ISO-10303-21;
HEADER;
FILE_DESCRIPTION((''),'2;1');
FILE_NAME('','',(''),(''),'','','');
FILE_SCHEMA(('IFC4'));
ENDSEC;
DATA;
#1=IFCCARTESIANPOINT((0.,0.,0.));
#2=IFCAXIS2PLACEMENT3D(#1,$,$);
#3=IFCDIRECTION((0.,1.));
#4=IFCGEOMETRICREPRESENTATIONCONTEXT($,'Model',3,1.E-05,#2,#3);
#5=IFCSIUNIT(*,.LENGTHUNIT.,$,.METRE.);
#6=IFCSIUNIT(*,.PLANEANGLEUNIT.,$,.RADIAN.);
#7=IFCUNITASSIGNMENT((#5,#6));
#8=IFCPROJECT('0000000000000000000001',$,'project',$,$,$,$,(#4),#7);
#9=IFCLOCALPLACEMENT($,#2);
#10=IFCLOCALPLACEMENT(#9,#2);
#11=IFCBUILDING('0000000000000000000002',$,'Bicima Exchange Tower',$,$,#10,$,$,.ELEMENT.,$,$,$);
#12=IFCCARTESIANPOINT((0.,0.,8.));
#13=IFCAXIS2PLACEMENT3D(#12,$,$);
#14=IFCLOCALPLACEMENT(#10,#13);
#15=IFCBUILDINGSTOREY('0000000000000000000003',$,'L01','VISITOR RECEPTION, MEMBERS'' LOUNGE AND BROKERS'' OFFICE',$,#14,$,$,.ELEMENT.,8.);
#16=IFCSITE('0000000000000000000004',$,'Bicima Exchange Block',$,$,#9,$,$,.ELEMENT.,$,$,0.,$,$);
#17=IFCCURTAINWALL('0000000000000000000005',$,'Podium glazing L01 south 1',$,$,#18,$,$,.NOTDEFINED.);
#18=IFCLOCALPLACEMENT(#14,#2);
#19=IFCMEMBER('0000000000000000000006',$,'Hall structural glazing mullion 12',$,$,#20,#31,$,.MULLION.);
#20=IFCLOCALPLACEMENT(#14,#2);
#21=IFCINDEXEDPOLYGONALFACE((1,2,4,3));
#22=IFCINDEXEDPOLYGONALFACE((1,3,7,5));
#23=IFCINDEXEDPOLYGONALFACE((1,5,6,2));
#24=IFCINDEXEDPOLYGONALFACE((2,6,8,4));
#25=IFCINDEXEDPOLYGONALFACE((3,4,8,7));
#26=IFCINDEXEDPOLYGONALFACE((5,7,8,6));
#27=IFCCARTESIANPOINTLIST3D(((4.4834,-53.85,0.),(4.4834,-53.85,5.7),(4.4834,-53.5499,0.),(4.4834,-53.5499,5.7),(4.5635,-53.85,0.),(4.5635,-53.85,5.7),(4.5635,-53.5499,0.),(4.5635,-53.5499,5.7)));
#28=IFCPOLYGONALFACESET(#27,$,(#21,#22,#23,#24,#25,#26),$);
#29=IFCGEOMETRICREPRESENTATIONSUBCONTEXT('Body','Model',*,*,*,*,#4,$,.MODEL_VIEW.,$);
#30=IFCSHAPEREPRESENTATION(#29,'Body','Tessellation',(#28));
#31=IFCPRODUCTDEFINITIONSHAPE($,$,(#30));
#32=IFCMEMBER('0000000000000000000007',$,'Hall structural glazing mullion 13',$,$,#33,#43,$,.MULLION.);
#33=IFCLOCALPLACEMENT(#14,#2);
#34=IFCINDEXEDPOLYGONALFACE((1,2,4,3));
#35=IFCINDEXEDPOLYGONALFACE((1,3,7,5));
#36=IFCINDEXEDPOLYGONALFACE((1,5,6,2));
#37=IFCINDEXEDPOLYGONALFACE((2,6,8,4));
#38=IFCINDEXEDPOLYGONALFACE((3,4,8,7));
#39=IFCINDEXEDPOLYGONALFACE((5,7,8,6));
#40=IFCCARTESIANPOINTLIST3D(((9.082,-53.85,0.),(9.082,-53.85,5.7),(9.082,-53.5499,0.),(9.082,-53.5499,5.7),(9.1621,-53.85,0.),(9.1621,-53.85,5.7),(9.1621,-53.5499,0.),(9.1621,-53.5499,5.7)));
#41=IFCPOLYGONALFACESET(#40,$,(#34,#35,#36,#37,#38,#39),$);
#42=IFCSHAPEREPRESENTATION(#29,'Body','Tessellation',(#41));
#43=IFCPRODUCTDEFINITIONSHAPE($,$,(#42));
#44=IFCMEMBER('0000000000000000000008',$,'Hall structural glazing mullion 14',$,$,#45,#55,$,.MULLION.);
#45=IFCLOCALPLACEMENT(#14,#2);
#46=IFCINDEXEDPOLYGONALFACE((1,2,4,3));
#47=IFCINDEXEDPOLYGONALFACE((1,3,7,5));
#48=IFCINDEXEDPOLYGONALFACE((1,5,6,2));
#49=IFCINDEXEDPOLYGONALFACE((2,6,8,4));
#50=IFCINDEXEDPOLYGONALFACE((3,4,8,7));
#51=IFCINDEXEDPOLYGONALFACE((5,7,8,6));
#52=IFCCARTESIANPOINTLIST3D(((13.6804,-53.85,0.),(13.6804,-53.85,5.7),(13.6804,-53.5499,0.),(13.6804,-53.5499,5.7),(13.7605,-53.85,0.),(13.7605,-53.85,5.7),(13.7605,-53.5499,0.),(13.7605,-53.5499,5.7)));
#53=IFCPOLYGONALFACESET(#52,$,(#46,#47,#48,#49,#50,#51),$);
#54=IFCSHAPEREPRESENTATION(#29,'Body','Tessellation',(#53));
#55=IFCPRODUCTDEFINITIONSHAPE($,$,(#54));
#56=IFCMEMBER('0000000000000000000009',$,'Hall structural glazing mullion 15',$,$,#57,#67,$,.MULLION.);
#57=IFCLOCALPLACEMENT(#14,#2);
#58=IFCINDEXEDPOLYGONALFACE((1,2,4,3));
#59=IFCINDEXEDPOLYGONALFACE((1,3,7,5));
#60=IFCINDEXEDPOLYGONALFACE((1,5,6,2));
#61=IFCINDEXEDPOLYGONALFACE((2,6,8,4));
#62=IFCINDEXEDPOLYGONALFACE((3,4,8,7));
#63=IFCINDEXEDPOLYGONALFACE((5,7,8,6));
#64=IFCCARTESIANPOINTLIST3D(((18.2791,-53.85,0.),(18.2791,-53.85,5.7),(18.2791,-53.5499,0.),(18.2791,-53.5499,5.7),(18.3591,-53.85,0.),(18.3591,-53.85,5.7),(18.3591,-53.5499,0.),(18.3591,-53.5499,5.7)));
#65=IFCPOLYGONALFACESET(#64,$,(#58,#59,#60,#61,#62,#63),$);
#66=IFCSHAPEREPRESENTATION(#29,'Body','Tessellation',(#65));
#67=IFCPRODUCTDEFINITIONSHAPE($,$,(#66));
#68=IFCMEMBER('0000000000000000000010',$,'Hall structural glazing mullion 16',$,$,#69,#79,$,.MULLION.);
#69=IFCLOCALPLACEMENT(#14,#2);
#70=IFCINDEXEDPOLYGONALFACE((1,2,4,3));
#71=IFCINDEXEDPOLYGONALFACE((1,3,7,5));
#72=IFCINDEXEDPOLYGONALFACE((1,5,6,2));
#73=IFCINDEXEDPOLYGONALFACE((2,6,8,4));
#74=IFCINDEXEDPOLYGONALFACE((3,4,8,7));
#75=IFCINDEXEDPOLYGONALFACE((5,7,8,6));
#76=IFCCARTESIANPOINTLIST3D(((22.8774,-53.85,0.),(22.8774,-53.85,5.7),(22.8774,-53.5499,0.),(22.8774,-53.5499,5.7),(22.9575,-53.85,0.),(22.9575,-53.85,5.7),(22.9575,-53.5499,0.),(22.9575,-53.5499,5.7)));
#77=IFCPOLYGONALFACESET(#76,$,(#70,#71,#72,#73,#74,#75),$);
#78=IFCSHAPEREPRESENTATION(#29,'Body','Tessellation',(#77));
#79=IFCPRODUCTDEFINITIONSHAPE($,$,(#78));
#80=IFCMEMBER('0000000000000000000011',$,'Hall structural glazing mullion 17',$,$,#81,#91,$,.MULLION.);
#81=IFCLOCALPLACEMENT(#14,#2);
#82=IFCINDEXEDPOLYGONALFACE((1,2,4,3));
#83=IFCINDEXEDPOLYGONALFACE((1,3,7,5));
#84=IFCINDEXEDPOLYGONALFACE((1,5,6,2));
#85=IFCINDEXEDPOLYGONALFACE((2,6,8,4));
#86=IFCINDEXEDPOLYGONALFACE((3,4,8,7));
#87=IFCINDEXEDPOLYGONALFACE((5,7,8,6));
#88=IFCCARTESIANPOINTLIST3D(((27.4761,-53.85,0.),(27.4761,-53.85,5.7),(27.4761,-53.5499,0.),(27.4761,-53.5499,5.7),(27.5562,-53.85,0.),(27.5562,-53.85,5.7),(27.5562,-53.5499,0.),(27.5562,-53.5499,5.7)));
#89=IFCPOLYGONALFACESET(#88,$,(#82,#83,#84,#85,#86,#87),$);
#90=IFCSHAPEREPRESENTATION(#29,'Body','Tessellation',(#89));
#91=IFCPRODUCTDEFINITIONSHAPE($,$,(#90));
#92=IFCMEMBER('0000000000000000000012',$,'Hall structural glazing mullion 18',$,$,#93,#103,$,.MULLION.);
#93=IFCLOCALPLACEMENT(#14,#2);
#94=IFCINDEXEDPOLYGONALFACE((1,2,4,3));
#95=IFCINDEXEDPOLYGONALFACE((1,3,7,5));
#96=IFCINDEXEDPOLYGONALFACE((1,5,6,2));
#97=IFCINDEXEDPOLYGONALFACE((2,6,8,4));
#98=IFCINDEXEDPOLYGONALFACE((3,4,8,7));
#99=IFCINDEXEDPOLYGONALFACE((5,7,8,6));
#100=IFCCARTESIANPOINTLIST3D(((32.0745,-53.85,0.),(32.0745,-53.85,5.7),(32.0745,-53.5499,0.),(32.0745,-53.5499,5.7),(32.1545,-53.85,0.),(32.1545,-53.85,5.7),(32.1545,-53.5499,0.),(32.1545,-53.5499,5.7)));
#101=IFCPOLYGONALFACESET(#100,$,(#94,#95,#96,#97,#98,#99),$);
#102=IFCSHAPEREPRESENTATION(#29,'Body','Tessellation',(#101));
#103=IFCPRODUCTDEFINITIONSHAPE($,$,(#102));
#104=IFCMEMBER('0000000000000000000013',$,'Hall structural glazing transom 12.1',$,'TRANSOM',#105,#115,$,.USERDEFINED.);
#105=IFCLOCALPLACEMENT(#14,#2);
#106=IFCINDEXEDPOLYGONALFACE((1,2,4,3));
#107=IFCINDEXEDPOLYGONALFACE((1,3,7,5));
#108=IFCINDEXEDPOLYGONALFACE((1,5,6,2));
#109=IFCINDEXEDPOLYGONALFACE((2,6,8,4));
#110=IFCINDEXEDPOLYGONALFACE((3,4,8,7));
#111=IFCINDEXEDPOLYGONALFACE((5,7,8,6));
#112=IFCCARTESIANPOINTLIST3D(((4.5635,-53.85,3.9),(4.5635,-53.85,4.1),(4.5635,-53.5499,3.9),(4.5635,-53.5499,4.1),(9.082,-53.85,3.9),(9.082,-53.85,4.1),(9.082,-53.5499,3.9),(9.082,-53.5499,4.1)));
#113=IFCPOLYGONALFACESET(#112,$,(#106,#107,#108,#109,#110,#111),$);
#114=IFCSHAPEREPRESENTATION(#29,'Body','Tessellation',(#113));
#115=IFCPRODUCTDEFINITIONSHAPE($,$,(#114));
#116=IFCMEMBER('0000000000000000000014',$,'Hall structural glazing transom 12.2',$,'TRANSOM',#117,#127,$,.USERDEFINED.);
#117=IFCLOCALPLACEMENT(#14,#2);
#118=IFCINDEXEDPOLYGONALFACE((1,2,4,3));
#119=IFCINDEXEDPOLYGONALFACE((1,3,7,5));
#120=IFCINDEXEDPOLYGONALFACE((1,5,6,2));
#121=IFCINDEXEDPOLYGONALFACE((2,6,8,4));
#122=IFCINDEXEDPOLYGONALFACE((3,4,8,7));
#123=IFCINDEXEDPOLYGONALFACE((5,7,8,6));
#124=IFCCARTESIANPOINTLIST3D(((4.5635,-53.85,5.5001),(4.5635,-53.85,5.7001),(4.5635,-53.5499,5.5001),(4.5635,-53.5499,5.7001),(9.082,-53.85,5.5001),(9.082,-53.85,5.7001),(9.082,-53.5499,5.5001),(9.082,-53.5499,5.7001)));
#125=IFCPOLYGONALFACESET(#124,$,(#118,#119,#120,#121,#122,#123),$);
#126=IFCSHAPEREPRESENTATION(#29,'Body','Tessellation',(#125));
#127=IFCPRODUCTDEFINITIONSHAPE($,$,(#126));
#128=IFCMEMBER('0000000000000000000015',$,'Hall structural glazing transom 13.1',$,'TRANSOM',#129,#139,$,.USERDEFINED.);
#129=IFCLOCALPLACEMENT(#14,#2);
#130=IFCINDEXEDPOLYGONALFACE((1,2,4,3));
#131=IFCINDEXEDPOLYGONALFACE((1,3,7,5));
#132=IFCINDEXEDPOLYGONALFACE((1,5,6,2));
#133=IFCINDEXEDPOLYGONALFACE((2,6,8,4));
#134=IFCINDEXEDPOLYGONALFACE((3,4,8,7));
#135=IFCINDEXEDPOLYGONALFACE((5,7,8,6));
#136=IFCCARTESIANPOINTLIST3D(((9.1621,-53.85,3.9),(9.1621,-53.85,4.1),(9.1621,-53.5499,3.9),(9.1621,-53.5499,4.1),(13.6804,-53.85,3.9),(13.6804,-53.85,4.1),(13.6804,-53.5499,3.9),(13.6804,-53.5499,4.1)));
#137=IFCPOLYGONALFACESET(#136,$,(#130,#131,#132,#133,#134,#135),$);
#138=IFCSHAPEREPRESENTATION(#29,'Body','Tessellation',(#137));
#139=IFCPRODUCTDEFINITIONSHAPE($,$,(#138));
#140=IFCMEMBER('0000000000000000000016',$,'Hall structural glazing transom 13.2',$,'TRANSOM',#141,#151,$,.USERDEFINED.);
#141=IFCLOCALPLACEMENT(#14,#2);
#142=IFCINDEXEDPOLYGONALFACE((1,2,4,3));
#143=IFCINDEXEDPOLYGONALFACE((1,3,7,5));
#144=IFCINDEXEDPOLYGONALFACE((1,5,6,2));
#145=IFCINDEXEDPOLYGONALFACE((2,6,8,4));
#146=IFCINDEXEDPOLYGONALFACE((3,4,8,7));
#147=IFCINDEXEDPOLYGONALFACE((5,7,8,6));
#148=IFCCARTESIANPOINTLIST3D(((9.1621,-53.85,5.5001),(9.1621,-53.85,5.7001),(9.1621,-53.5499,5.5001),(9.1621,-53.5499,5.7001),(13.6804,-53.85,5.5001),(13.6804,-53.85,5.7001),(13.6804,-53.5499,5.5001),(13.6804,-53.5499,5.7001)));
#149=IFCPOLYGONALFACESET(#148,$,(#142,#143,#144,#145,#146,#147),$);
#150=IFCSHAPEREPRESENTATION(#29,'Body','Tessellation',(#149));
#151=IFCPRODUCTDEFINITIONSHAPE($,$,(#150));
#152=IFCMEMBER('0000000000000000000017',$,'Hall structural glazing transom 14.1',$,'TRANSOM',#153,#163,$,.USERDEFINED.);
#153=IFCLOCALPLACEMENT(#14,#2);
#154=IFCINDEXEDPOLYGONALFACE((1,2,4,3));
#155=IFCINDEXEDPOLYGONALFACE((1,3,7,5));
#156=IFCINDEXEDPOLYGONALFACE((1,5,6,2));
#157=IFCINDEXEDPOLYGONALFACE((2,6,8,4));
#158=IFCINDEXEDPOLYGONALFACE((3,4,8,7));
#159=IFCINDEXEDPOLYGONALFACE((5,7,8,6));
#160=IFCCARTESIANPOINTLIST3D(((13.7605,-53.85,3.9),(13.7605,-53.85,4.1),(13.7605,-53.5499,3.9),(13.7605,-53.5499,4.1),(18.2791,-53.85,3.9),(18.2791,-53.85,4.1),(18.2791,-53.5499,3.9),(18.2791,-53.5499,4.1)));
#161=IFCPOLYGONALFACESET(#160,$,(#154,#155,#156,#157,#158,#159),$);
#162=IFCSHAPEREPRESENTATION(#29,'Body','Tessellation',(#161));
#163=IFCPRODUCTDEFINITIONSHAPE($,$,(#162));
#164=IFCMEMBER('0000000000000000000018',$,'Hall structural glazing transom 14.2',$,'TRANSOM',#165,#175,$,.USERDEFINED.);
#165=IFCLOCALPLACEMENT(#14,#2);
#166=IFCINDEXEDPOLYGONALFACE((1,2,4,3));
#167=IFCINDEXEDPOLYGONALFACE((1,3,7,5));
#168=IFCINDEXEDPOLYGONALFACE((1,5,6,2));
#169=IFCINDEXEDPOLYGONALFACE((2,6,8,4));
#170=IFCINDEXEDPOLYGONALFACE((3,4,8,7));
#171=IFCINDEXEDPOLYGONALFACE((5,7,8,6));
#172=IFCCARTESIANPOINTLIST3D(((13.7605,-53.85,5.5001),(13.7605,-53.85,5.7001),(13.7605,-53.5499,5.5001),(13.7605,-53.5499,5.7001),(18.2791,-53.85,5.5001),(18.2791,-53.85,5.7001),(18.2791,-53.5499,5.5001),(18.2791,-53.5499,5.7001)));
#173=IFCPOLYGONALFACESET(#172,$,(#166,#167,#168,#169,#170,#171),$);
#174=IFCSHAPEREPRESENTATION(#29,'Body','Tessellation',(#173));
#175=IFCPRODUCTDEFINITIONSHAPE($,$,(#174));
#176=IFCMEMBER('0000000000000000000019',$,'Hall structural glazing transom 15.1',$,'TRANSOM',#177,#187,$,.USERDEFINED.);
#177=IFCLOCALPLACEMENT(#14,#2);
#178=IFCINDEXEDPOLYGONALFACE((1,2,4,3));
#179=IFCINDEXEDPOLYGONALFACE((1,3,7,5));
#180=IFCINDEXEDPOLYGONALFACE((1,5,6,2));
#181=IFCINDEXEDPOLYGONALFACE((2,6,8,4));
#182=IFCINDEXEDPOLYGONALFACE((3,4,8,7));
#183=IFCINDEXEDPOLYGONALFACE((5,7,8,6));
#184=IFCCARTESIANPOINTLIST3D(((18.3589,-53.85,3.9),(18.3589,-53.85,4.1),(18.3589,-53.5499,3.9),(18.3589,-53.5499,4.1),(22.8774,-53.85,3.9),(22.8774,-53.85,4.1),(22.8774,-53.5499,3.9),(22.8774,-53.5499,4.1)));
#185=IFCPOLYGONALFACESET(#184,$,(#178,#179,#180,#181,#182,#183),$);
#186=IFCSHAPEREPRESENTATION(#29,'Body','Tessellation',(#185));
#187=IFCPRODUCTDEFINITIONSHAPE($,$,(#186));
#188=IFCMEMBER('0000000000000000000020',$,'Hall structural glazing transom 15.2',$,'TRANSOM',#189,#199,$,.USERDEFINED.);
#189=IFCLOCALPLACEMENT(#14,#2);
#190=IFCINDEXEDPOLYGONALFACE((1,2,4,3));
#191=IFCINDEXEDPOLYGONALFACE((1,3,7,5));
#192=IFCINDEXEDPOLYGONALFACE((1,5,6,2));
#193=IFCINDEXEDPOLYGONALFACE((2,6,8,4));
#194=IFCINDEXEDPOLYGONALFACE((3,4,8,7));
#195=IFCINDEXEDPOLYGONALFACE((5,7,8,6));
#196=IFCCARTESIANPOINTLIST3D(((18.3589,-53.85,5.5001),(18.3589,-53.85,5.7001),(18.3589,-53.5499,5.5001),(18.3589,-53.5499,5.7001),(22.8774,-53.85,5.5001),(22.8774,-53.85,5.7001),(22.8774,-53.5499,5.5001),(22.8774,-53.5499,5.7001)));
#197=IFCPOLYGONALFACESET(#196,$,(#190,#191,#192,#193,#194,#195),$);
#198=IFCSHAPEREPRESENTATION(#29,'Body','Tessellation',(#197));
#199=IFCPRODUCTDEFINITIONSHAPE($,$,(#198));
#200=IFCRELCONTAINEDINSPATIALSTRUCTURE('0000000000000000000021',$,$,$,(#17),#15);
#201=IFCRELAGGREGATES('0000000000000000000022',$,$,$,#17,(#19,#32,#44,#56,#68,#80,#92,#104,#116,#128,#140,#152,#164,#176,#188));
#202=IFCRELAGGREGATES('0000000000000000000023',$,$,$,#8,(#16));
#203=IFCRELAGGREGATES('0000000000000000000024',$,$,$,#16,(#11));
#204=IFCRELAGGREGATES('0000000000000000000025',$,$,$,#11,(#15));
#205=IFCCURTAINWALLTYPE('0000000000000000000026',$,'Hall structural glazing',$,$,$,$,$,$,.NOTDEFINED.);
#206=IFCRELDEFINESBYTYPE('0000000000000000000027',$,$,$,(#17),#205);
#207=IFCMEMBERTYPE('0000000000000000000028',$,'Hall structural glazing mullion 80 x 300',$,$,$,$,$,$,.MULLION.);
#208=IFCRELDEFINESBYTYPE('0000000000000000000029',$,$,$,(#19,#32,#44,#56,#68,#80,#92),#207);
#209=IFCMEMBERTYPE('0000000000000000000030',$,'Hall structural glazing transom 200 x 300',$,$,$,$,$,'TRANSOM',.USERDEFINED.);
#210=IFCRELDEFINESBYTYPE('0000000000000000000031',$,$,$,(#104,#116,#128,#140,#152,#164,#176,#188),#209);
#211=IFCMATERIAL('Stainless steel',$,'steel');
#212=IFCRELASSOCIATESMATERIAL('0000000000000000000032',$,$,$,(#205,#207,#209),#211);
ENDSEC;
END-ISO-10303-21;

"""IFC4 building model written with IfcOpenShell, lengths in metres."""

from ifc_helpers import new_model, si_unit, direction, frame, origin, origin_2d, place, context, subcontext, project, spatial, rectangle, extrude, material, material_profile, profile_set, type_object, element, aggregate, save


model = new_model("IFC4")

# Units and contexts
model_context = context("Model", 3, precision=1e-05, world=origin(), true_north=direction((0.0, 1.0)))
body_context = subcontext(model_context, "Body", "Model", "MODEL_VIEW")
ifc_project = project(units=[si_unit("LENGTHUNIT", "METRE"), si_unit("PLANEANGLEUNIT", "RADIAN")], contexts=[model_context])

# Site, building, storey
site_placement = place(None, origin())
site = spatial("IfcSite", under=ifc_project, at=site_placement, Name="Bicima Exchange Block", CompositionType="ELEMENT", RefElevation=0.0)
building_placement = place(site_placement, origin())
building = spatial("IfcBuilding", under=site, at=building_placement, Name="Bicima Exchange Tower", CompositionType="ELEMENT")
storey_placement = place(building_placement, frame((0.0, 0.0, 8.0)))
storey = spatial("IfcBuildingStorey", under=building, at=storey_placement, Name="L01", Description="VISITOR RECEPTION, MEMBERS' LOUNGE AND BROKERS' OFFICE", CompositionType="ELEMENT", Elevation=8.0)

# Curtain wall, members
ifc_material_1 = material(Name="Stainless steel", Category="steel")
curtain_wall_type = type_object("IfcCurtainWallType", Name="Hall structural glazing", PredefinedType="NOTDEFINED", material=ifc_material_1)
curtain_wall_placement = place(storey_placement, origin())
curtain_wall = element("IfcCurtainWall", 1, at=curtain_wall_placement, inside=storey, type_object=curtain_wall_type, Name="Podium glazing L01 south 1", PredefinedType="NOTDEFINED")
ifc_material_profile_1 = material_profile(ifc_material_1, rectangle(XDim=0.3, YDim=0.0801, at=origin_2d()))
ifc_profile_set_1 = profile_set([ifc_material_profile_1], Name="Stainless steel")
member_type_1 = type_object("IfcMemberType", Name="Hall structural glazing mullion 80 x 300", PredefinedType="MULLION", material=ifc_profile_set_1)
member_1_placement = place(storey_placement, frame((4.5234, -53.7, 0.0), z_axis=(0.0, 0.0, 1.0), x_axis=(0.0, 1.0, 0.0)))
member_1 = element("IfcMember", 2, at=member_1_placement, type_object=member_type_1, Name="Hall structural glazing mullion 12", PredefinedType="MULLION", context=body_context, shape_type="SweptSolid", body=[
    extrude(rectangle(XDim=0.3, YDim=0.0801, at=origin_2d()), origin(), (0.0, 0.0, 1.0), 5.7),
])
member_2_placement = place(storey_placement, frame((9.1221, -53.7, 0.0), z_axis=(0.0, 0.0, 1.0), x_axis=(0.0, 1.0, 0.0)))
member_2 = element("IfcMember", 3, at=member_2_placement, type_object=member_type_1, Name="Hall structural glazing mullion 13", PredefinedType="MULLION", context=body_context, shape_type="SweptSolid", body=[
    extrude(rectangle(XDim=0.3, YDim=0.0801, at=origin_2d()), origin(), (0.0, 0.0, 1.0), 5.7),
])
member_3_placement = place(storey_placement, frame((13.7205, -53.7, 0.0), z_axis=(0.0, 0.0, 1.0), x_axis=(0.0, 1.0, 0.0)))
member_3 = element("IfcMember", 4, at=member_3_placement, type_object=member_type_1, Name="Hall structural glazing mullion 14", PredefinedType="MULLION", context=body_context, shape_type="SweptSolid", body=[
    extrude(rectangle(XDim=0.3, YDim=0.0801, at=origin_2d()), origin(), (0.0, 0.0, 1.0), 5.7),
])
member_4_placement = place(storey_placement, frame((18.3191, -53.7, 0.0), z_axis=(0.0, 0.0, 1.0), x_axis=(0.0, 1.0, 0.0)))
member_4 = element("IfcMember", 5, at=member_4_placement, type_object=member_type_1, Name="Hall structural glazing mullion 15", PredefinedType="MULLION", context=body_context, shape_type="SweptSolid", body=[
    extrude(rectangle(XDim=0.3, YDim=0.0801, at=origin_2d()), origin(), (0.0, 0.0, 1.0), 5.7),
])
member_5_placement = place(storey_placement, frame((22.9175, -53.7, 0.0), z_axis=(0.0, 0.0, 1.0), x_axis=(0.0, 1.0, 0.0)))
member_5 = element("IfcMember", 6, at=member_5_placement, type_object=member_type_1, Name="Hall structural glazing mullion 16", PredefinedType="MULLION", context=body_context, shape_type="SweptSolid", body=[
    extrude(rectangle(XDim=0.3, YDim=0.0801, at=origin_2d()), origin(), (0.0, 0.0, 1.0), 5.7),
])
member_6_placement = place(storey_placement, frame((27.5161, -53.7, 0.0), z_axis=(0.0, 0.0, 1.0), x_axis=(0.0, 1.0, 0.0)))
member_6 = element("IfcMember", 7, at=member_6_placement, type_object=member_type_1, Name="Hall structural glazing mullion 17", PredefinedType="MULLION", context=body_context, shape_type="SweptSolid", body=[
    extrude(rectangle(XDim=0.3, YDim=0.0801, at=origin_2d()), origin(), (0.0, 0.0, 1.0), 5.7),
])
member_7_placement = place(storey_placement, frame((32.1145, -53.7, 0.0), z_axis=(0.0, 0.0, 1.0), x_axis=(0.0, 1.0, 0.0)))
member_7 = element("IfcMember", 8, at=member_7_placement, type_object=member_type_1, Name="Hall structural glazing mullion 18", PredefinedType="MULLION", context=body_context, shape_type="SweptSolid", body=[
    extrude(rectangle(XDim=0.3, YDim=0.0801, at=origin_2d()), origin(), (0.0, 0.0, 1.0), 5.7),
])
ifc_material_profile_2 = material_profile(ifc_material_1, rectangle(XDim=0.3, YDim=0.2, at=origin_2d()))
ifc_profile_set_2 = profile_set([ifc_material_profile_2], Name="Stainless steel")
member_type_2 = type_object("IfcMemberType", Name="Hall structural glazing transom 200 x 300", ElementType="TRANSOM", PredefinedType="USERDEFINED", material=ifc_profile_set_2)
member_8_placement = place(storey_placement, frame((4.5635, -53.7, 4.0), z_axis=(1.0, 0.0, 0.0), x_axis=(0.0, 1.0, 0.0)))
member_8 = element("IfcMember", 9, at=member_8_placement, type_object=member_type_2, Name="Hall structural glazing transom 12.1", ObjectType="TRANSOM", PredefinedType="USERDEFINED", context=body_context, shape_type="SweptSolid", body=[
    extrude(rectangle(XDim=0.3, YDim=0.2, at=origin_2d()), origin(), (0.0, 0.0, 1.0), 4.5186),
])
member_9_placement = place(storey_placement, frame((4.5635, -53.7, 5.6001), z_axis=(1.0, 0.0, 0.0), x_axis=(0.0, 1.0, 0.0)))
member_9 = element("IfcMember", 10, at=member_9_placement, type_object=member_type_2, Name="Hall structural glazing transom 12.2", ObjectType="TRANSOM", PredefinedType="USERDEFINED", context=body_context, shape_type="SweptSolid", body=[
    extrude(rectangle(XDim=0.3, YDim=0.2, at=origin_2d()), origin(), (0.0, 0.0, 1.0), 4.5186),
])
member_10_placement = place(storey_placement, frame((9.1621, -53.7, 4.0), z_axis=(1.0, 0.0, 0.0), x_axis=(0.0, 1.0, 0.0)))
member_10 = element("IfcMember", 11, at=member_10_placement, type_object=member_type_2, Name="Hall structural glazing transom 13.1", ObjectType="TRANSOM", PredefinedType="USERDEFINED", context=body_context, shape_type="SweptSolid", body=[
    extrude(rectangle(XDim=0.3, YDim=0.2, at=origin_2d()), origin(), (0.0, 0.0, 1.0), 4.5183),
])
member_11_placement = place(storey_placement, frame((9.1621, -53.7, 5.6001), z_axis=(1.0, 0.0, 0.0), x_axis=(0.0, 1.0, 0.0)))
member_11 = element("IfcMember", 12, at=member_11_placement, type_object=member_type_2, Name="Hall structural glazing transom 13.2", ObjectType="TRANSOM", PredefinedType="USERDEFINED", context=body_context, shape_type="SweptSolid", body=[
    extrude(rectangle(XDim=0.3, YDim=0.2, at=origin_2d()), origin(), (0.0, 0.0, 1.0), 4.5183),
])
member_12_placement = place(storey_placement, frame((13.7605, -53.7, 4.0), z_axis=(1.0, 0.0, 0.0), x_axis=(0.0, 1.0, 0.0)))
member_12 = element("IfcMember", 13, at=member_12_placement, type_object=member_type_2, Name="Hall structural glazing transom 14.1", ObjectType="TRANSOM", PredefinedType="USERDEFINED", context=body_context, shape_type="SweptSolid", body=[
    extrude(rectangle(XDim=0.3, YDim=0.2, at=origin_2d()), origin(), (0.0, 0.0, 1.0), 4.5186),
])
member_13_placement = place(storey_placement, frame((13.7605, -53.7, 5.6001), z_axis=(1.0, 0.0, 0.0), x_axis=(0.0, 1.0, 0.0)))
member_13 = element("IfcMember", 14, at=member_13_placement, type_object=member_type_2, Name="Hall structural glazing transom 14.2", ObjectType="TRANSOM", PredefinedType="USERDEFINED", context=body_context, shape_type="SweptSolid", body=[
    extrude(rectangle(XDim=0.3, YDim=0.2, at=origin_2d()), origin(), (0.0, 0.0, 1.0), 4.5186),
])
member_14_placement = place(storey_placement, frame((18.3589, -53.7, 4.0), z_axis=(1.0, 0.0, 0.0), x_axis=(0.0, 1.0, 0.0)))
member_14 = element("IfcMember", 15, at=member_14_placement, type_object=member_type_2, Name="Hall structural glazing transom 15.1", ObjectType="TRANSOM", PredefinedType="USERDEFINED", context=body_context, shape_type="SweptSolid", body=[
    extrude(rectangle(XDim=0.3, YDim=0.2, at=origin_2d()), origin(), (0.0, 0.0, 1.0), 4.5186),
])
member_15_placement = place(storey_placement, frame((18.3589, -53.7, 5.6001), z_axis=(1.0, 0.0, 0.0), x_axis=(0.0, 1.0, 0.0)))
member_15 = element("IfcMember", 16, at=member_15_placement, type_object=member_type_2, Name="Hall structural glazing transom 15.2", ObjectType="TRANSOM", PredefinedType="USERDEFINED", context=body_context, shape_type="SweptSolid", body=[
    extrude(rectangle(XDim=0.3, YDim=0.2, at=origin_2d()), origin(), (0.0, 0.0, 1.0), 4.5186),
])
aggregate(curtain_wall, [member_1, member_2, member_3, member_4, member_5, member_6, member_7, member_8, member_9, member_10, member_11, member_12, member_13, member_14, member_15])

save(model, "model.ifc")
